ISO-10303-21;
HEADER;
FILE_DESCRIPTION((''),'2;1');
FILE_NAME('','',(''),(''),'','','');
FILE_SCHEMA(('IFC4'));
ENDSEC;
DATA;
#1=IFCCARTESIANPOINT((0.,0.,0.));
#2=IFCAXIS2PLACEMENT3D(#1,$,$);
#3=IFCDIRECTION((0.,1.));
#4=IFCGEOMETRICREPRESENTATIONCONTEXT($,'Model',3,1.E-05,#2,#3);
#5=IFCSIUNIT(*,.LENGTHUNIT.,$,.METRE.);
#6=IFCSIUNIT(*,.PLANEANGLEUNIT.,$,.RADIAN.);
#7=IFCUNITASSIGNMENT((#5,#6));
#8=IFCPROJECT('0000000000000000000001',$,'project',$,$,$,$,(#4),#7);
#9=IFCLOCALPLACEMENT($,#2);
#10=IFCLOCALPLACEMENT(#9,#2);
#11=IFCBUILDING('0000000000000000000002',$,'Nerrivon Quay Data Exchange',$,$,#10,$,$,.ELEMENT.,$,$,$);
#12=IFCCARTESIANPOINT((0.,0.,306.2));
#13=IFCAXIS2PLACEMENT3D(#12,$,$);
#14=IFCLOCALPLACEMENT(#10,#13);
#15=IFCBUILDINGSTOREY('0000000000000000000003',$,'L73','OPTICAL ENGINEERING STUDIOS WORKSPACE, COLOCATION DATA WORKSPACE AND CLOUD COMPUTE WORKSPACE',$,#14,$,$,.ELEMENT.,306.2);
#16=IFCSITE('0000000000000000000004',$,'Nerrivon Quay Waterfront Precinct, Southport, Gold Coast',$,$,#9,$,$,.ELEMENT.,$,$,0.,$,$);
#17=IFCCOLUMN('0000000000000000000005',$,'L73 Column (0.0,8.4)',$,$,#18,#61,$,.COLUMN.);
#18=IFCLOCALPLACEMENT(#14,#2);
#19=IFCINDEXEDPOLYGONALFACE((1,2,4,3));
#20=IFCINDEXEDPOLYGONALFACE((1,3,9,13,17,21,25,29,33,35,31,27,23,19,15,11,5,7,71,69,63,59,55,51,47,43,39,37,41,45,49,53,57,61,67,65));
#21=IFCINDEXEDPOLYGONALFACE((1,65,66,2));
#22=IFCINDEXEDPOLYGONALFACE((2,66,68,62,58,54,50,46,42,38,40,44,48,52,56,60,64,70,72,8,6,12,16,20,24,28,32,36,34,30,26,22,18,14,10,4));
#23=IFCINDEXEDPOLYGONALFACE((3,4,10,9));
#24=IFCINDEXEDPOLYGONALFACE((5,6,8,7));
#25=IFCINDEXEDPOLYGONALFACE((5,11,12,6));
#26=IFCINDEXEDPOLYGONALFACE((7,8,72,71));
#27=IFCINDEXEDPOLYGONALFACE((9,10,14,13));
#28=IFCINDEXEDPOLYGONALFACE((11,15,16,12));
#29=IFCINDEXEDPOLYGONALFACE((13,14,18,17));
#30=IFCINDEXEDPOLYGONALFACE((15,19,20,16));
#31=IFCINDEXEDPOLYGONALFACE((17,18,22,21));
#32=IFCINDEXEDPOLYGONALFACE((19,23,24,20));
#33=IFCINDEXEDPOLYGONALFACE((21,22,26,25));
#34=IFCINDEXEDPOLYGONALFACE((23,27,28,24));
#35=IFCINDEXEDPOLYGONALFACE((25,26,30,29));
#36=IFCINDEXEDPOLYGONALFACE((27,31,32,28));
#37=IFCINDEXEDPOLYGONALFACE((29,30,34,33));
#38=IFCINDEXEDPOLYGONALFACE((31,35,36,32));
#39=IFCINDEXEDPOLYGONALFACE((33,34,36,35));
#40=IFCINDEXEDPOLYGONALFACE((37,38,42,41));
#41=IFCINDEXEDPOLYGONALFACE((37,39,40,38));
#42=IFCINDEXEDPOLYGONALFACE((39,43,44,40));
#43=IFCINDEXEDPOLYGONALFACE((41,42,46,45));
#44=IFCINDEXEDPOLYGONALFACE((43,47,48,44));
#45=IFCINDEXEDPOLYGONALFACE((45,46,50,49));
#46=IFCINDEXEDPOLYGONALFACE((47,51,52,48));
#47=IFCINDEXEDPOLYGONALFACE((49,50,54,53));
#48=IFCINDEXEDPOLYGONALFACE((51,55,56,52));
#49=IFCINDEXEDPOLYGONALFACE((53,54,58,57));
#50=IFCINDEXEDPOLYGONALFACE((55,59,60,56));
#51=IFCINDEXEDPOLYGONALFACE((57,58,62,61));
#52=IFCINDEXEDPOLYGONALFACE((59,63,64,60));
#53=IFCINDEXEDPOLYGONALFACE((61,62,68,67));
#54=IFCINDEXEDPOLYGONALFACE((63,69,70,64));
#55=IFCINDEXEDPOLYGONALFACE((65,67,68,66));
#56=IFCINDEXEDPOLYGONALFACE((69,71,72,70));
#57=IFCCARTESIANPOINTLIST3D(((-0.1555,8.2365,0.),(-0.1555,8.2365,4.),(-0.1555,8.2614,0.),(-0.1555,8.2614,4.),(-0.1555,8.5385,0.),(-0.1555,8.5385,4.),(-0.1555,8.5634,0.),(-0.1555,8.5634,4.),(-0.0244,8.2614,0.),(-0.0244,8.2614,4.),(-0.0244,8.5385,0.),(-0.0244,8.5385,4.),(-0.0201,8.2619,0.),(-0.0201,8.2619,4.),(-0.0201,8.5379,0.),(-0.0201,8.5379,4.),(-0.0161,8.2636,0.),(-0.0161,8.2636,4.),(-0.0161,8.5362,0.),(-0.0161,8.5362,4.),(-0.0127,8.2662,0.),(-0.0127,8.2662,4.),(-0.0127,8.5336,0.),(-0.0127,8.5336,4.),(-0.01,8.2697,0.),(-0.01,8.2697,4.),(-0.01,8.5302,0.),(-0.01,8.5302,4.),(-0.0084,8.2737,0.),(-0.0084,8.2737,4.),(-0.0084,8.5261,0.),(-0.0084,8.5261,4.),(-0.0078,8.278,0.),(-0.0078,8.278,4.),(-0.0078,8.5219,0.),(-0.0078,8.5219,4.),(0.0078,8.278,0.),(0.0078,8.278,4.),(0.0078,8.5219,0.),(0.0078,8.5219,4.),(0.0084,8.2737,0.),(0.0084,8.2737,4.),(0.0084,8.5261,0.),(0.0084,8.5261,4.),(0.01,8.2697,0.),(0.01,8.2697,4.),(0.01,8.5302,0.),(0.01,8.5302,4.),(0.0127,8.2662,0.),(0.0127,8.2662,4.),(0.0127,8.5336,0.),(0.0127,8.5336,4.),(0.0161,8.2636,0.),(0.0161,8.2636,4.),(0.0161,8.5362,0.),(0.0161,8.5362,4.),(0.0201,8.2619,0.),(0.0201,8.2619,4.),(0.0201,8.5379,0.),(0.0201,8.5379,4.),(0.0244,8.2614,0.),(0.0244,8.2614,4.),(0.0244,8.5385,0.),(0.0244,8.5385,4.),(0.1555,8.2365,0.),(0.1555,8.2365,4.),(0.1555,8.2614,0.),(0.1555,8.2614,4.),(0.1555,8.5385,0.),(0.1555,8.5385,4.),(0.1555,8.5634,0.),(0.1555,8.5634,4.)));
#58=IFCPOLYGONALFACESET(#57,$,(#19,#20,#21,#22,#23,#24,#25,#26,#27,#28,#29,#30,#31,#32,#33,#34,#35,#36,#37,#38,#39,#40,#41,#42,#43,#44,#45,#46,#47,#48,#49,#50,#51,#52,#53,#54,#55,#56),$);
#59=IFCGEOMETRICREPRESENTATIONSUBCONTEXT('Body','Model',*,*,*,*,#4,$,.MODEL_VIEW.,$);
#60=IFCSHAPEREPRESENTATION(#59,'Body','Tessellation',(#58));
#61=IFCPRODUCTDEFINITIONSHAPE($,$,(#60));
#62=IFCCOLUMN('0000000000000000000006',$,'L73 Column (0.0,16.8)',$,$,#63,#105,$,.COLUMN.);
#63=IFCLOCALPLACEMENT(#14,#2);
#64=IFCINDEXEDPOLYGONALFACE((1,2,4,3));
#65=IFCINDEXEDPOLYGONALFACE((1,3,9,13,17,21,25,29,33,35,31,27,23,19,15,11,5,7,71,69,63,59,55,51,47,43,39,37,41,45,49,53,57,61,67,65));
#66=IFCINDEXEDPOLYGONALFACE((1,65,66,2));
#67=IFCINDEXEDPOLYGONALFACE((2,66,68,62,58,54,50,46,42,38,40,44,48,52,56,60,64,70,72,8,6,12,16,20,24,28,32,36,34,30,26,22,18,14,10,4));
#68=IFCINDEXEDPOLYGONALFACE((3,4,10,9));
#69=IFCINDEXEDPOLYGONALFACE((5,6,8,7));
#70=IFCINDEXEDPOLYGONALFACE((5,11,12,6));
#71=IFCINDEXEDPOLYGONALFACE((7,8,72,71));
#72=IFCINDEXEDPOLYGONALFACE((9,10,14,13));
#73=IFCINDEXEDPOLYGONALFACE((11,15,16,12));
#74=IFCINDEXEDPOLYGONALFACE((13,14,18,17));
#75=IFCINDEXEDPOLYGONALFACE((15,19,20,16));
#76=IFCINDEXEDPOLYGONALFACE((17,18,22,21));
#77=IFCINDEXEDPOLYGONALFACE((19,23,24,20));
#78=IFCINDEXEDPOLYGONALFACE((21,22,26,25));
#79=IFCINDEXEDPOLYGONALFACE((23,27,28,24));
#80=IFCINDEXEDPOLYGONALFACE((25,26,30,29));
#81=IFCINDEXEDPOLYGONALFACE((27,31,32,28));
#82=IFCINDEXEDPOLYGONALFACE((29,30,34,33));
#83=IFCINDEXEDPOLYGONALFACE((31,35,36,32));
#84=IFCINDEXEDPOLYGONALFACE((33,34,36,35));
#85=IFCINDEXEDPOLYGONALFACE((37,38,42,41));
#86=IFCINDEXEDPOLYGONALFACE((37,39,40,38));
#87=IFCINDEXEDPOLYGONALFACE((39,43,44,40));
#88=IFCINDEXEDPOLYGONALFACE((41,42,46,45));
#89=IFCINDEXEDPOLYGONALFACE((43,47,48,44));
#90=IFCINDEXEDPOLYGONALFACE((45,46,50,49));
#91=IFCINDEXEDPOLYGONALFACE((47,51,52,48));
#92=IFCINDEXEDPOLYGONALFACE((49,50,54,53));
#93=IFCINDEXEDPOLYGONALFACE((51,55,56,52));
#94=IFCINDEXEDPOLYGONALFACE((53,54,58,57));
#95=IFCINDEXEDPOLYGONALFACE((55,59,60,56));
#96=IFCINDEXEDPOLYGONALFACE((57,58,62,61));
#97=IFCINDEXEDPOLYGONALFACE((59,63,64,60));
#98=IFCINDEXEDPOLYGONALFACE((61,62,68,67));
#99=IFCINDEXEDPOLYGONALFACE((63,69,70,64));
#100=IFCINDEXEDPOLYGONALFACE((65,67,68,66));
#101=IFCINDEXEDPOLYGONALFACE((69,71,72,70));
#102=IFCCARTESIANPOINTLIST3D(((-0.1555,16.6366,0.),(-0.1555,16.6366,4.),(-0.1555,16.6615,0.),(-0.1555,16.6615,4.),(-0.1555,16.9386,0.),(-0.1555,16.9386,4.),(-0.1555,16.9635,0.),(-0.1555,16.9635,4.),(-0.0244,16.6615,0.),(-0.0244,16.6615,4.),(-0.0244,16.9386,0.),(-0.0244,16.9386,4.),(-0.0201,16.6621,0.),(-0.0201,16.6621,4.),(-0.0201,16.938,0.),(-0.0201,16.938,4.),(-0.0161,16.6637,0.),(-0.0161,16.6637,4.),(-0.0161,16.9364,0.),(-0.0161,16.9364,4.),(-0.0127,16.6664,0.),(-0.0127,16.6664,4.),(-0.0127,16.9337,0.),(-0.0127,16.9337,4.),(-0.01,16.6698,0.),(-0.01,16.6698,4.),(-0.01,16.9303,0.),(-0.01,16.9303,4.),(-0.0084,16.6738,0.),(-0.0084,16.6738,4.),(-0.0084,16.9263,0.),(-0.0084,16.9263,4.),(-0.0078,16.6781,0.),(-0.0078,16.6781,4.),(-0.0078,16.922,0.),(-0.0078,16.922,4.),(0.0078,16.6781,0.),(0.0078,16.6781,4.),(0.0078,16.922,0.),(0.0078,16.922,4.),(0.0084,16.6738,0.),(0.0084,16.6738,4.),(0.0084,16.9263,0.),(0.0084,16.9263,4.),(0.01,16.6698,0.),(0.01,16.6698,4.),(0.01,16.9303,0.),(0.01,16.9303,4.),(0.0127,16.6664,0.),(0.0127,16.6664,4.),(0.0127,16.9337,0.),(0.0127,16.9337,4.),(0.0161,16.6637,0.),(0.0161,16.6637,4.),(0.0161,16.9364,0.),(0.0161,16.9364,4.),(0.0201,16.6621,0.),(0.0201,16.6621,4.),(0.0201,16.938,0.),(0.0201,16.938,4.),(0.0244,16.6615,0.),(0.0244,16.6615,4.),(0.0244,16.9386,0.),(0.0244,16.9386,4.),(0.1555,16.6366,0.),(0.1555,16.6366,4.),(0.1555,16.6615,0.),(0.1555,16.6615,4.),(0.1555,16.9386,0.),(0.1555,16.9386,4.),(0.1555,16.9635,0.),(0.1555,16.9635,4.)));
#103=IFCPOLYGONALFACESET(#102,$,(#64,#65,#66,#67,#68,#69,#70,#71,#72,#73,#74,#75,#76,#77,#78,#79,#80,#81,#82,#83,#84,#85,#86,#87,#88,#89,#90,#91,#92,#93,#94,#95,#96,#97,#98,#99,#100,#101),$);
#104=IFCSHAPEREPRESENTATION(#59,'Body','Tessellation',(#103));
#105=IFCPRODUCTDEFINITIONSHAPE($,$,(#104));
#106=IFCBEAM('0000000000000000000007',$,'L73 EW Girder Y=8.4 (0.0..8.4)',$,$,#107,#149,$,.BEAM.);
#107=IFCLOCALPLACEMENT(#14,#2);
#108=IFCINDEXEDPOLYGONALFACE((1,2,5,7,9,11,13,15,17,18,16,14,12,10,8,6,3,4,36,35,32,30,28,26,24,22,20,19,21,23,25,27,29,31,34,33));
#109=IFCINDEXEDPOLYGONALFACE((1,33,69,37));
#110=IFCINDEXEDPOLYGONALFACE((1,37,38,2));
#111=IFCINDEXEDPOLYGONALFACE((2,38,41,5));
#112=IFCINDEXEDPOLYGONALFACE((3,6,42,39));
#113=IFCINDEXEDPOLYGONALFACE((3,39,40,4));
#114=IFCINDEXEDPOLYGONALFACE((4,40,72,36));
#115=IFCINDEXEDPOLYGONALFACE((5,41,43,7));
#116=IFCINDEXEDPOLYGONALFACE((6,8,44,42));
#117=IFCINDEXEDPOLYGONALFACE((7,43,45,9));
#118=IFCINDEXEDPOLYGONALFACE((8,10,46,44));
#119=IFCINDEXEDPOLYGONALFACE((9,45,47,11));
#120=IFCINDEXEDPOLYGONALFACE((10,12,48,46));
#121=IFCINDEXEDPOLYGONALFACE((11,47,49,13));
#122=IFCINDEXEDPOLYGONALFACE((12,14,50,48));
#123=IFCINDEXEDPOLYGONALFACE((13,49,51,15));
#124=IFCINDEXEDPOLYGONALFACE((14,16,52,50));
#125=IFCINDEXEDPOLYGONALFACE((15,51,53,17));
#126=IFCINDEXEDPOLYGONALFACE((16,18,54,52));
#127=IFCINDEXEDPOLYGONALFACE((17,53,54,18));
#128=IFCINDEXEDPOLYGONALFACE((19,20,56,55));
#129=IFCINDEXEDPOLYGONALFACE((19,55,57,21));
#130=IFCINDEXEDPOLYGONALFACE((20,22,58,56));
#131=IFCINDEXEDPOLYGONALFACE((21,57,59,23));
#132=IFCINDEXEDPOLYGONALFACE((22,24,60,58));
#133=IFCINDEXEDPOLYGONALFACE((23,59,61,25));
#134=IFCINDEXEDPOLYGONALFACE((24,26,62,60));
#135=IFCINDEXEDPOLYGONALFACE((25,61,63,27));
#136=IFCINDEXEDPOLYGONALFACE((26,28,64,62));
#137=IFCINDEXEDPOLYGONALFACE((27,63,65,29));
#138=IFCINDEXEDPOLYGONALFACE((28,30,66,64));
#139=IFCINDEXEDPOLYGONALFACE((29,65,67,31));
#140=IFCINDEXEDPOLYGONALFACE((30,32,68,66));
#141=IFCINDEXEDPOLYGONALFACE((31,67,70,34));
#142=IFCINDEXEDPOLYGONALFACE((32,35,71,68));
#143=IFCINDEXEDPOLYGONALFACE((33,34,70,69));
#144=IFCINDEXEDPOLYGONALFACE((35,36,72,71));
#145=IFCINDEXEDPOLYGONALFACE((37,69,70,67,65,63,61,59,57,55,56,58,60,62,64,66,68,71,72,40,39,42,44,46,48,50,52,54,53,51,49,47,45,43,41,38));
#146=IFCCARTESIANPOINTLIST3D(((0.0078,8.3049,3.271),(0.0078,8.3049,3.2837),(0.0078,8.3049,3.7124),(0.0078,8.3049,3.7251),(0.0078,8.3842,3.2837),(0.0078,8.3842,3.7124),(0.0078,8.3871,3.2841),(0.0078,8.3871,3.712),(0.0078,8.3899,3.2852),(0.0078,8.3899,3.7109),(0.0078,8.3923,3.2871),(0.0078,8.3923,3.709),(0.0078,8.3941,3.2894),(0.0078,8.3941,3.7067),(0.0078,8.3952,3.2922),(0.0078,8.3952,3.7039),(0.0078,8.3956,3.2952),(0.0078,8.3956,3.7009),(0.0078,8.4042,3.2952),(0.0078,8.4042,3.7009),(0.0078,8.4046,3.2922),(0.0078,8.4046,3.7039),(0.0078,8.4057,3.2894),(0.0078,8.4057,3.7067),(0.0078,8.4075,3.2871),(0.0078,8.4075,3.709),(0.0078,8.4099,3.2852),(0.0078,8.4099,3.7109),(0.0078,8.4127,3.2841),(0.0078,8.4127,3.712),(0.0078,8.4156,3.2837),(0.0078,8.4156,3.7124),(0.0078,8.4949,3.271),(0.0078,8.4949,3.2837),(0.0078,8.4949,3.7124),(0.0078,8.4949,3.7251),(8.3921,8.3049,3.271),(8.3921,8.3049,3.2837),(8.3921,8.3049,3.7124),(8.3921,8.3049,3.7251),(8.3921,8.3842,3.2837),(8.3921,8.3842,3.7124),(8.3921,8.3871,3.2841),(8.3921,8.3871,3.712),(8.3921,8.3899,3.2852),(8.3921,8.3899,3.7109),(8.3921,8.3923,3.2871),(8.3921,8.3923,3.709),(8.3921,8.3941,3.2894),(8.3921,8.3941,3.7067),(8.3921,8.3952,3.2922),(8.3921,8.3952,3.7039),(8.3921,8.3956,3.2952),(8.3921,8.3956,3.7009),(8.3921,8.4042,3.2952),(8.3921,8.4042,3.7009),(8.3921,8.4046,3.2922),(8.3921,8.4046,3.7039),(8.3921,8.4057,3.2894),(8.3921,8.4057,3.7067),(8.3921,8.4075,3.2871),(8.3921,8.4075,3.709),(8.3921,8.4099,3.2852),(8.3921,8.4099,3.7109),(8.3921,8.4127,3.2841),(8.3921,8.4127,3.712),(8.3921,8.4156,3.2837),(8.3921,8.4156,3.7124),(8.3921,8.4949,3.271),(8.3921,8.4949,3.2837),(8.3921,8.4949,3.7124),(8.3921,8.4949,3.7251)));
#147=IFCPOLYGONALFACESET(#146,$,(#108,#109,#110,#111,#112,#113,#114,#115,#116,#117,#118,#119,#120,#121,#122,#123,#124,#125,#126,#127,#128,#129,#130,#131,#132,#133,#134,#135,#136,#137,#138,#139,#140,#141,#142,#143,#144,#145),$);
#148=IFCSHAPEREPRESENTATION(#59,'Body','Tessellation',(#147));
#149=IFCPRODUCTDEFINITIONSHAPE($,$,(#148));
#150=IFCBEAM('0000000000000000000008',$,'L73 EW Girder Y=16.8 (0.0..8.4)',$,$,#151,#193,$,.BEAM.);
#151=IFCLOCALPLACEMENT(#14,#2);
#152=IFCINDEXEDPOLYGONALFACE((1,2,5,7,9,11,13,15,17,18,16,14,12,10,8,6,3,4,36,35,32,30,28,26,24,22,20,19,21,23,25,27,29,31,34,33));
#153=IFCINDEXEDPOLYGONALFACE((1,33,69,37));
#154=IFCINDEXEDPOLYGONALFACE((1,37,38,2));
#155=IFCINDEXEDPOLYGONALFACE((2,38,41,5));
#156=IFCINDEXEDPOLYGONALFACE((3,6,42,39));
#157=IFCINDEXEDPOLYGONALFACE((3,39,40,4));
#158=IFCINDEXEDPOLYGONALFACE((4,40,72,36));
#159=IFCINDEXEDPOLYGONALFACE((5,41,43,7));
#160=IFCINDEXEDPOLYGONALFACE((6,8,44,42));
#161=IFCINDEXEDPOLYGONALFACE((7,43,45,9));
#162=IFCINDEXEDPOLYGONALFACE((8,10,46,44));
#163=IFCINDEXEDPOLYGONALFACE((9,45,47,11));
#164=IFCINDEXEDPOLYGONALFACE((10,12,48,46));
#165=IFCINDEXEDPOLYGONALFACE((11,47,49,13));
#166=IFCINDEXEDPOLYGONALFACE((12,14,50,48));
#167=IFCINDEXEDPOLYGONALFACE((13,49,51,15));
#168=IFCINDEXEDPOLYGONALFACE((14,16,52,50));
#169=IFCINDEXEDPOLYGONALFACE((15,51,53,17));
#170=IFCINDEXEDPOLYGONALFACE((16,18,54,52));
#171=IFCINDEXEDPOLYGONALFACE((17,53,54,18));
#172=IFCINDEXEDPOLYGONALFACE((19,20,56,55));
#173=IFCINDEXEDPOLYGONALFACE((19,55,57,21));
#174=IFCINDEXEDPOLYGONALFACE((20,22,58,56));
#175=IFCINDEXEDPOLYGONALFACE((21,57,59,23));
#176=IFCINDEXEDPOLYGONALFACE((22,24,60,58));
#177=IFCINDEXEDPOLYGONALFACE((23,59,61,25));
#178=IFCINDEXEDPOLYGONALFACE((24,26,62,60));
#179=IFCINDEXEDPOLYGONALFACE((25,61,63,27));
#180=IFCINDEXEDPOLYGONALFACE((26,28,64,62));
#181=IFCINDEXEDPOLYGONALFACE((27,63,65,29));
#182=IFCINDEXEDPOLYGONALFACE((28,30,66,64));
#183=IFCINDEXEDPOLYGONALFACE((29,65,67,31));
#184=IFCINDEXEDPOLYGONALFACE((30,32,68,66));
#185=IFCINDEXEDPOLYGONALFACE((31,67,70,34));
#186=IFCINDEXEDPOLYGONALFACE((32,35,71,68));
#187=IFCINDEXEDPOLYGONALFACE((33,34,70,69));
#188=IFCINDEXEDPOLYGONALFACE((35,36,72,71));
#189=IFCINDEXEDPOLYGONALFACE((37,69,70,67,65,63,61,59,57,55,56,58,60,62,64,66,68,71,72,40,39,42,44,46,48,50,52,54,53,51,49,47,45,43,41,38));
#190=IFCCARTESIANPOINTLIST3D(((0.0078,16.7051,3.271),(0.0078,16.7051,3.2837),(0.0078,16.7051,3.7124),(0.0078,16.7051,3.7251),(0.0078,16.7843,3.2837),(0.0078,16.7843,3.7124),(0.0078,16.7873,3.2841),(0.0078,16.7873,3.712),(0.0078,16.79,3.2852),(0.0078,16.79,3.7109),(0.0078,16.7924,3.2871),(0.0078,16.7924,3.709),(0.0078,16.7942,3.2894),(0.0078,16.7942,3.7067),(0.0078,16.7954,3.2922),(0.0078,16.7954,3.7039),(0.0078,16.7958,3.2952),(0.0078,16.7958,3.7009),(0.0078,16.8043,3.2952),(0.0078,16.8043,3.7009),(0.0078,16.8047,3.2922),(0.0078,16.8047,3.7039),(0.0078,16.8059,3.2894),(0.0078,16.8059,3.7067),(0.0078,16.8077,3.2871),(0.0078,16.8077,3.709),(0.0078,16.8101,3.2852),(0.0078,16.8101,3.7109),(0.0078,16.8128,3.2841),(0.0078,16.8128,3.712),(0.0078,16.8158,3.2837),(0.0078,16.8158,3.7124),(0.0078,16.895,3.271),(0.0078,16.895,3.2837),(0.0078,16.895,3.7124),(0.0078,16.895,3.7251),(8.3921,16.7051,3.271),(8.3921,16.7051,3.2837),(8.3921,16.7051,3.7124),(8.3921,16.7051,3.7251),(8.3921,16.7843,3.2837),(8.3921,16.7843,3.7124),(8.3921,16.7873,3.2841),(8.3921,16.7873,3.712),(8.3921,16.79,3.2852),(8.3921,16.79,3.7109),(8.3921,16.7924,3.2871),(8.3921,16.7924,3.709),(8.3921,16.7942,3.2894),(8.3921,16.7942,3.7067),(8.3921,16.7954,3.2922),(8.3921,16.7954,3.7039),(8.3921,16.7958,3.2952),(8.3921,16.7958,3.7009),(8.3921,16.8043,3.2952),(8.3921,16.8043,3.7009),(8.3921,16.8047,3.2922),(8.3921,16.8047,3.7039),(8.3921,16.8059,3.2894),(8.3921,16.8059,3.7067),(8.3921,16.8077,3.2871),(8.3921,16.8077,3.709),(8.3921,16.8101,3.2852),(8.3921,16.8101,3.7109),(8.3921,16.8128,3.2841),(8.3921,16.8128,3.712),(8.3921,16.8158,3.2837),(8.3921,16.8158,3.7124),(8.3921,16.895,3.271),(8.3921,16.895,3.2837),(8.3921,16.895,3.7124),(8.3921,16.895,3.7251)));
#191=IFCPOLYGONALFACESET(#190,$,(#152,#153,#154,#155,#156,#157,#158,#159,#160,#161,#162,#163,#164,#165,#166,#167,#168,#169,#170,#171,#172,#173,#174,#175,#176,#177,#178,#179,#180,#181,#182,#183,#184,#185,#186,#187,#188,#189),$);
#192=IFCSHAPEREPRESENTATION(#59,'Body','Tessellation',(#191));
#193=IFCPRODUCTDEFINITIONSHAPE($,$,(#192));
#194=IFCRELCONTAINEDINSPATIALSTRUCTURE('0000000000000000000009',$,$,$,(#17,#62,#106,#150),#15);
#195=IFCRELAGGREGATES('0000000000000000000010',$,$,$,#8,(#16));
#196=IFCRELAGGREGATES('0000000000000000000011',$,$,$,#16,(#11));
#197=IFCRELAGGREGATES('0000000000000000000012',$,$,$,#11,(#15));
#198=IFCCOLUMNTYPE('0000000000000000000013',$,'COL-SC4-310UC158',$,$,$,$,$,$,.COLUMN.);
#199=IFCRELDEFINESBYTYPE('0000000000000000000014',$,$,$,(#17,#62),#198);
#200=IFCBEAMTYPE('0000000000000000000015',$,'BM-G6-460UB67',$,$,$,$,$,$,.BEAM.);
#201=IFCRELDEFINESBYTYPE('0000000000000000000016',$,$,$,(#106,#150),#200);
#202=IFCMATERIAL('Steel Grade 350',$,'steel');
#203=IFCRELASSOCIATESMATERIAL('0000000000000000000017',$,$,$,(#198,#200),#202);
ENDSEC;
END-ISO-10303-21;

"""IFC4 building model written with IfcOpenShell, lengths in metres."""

from ifc_helpers import new_model, si_unit, direction, frame, origin, origin_2d, place, context, subcontext, project, spatial, i_section, extrude, material, material_profile, profile_set, type_object, element, save


model = new_model("IFC4")

# Units and contexts
model_context = context("Model", 3, precision=1e-05, world=origin(), true_north=direction((0.0, 1.0)))
body_context = subcontext(model_context, "Body", "Model", "MODEL_VIEW")
ifc_project = project(units=[si_unit("LENGTHUNIT", "METRE"), si_unit("PLANEANGLEUNIT", "RADIAN")], contexts=[model_context])

# Site, building, storey
site_placement = place(None, origin())
site = spatial("IfcSite", under=ifc_project, at=site_placement, Name="Nerrivon Quay Waterfront Precinct, Southport, Gold Coast", CompositionType="ELEMENT", RefElevation=0.0)
building_placement = place(site_placement, origin())
building = spatial("IfcBuilding", under=site, at=building_placement, Name="Nerrivon Quay Data Exchange", CompositionType="ELEMENT")
storey_placement = place(building_placement, frame((0.0, 0.0, 306.2)))
storey = spatial("IfcBuildingStorey", under=building, at=storey_placement, Name="L73", Description="OPTICAL ENGINEERING STUDIOS WORKSPACE, COLOCATION DATA WORKSPACE AND CLOUD COMPUTE WORKSPACE", CompositionType="ELEMENT", Elevation=306.2)

# Columns
ifc_material_1 = material(Name="Steel Grade 350", Category="steel")
ifc_material_profile_1 = material_profile(ifc_material_1, i_section(OverallWidth=0.311, OverallDepth=0.3269, WebThickness=0.0156, FlangeThickness=0.0249, FilletRadius=0.0166, at=origin_2d()), Name="310UC158")
ifc_profile_set_1 = profile_set([ifc_material_profile_1], Name="Steel Grade 350")
column_type = type_object("IfcColumnType", Name="COL-SC4-310UC158", PredefinedType="COLUMN", material=ifc_profile_set_1)
for number, where, z_axis, x_axis, name in (
    (1, (0.0, 8.3999, 0.0), (0.0, 0.0, 1.0), (1.0, 0.0, 0.0), "L73 Column (0.0,8.4)"),
    (2, (0.0, 16.8, 0.0), (0.0, 0.0, 1.0), (1.0, 0.0, 0.0), "L73 Column (0.0,16.8)"),
):
    element("IfcColumn", number, at=place(storey_placement, frame(where, z_axis=z_axis, x_axis=x_axis)), inside=storey, type_object=column_type, Name=name, PredefinedType="COLUMN", context=body_context, shape_type="SweptSolid", body=[
        extrude(i_section(OverallWidth=0.311, OverallDepth=0.3269, WebThickness=0.0156, FlangeThickness=0.0249, FilletRadius=0.0166, at=origin_2d()), origin(), (0.0, 0.0, 1.0), 4.0),
    ])

# Beams
ifc_material_profile_2 = material_profile(ifc_material_1, i_section(OverallWidth=0.1899, OverallDepth=0.4541, WebThickness=0.0085, FlangeThickness=0.0127, FilletRadius=0.0115, at=origin_2d()), Name="460UB67.1")
ifc_profile_set_2 = profile_set([ifc_material_profile_2], Name="Steel Grade 350")
beam_type_1 = type_object("IfcBeamType", Name="BM-G6-460UB67", PredefinedType="BEAM", material=ifc_profile_set_2)
for number, where, z_axis, x_axis, name in (
    (3, (0.0078, 8.3999, 3.498), (1.0, 0.0, 0.0), (0.0, 1.0, 0.0), "L73 EW Girder Y=8.4 (0.0..8.4)"),
    (4, (0.0078, 16.8, 3.498), (1.0, 0.0, 0.0), (0.0, 1.0, 0.0), "L73 EW Girder Y=16.8 (0.0..8.4)"),
):
    element("IfcBeam", number, at=place(storey_placement, frame(where, z_axis=z_axis, x_axis=x_axis)), inside=storey, type_object=beam_type_1, Name=name, PredefinedType="BEAM", context=body_context, shape_type="SweptSolid", body=[
        extrude(i_section(OverallWidth=0.1899, OverallDepth=0.4541, WebThickness=0.0085, FlangeThickness=0.0127, FilletRadius=0.0115, at=origin_2d()), origin(), (0.0, 0.0, 1.0), 8.3843),
    ])

save(model, "model.ifc")
